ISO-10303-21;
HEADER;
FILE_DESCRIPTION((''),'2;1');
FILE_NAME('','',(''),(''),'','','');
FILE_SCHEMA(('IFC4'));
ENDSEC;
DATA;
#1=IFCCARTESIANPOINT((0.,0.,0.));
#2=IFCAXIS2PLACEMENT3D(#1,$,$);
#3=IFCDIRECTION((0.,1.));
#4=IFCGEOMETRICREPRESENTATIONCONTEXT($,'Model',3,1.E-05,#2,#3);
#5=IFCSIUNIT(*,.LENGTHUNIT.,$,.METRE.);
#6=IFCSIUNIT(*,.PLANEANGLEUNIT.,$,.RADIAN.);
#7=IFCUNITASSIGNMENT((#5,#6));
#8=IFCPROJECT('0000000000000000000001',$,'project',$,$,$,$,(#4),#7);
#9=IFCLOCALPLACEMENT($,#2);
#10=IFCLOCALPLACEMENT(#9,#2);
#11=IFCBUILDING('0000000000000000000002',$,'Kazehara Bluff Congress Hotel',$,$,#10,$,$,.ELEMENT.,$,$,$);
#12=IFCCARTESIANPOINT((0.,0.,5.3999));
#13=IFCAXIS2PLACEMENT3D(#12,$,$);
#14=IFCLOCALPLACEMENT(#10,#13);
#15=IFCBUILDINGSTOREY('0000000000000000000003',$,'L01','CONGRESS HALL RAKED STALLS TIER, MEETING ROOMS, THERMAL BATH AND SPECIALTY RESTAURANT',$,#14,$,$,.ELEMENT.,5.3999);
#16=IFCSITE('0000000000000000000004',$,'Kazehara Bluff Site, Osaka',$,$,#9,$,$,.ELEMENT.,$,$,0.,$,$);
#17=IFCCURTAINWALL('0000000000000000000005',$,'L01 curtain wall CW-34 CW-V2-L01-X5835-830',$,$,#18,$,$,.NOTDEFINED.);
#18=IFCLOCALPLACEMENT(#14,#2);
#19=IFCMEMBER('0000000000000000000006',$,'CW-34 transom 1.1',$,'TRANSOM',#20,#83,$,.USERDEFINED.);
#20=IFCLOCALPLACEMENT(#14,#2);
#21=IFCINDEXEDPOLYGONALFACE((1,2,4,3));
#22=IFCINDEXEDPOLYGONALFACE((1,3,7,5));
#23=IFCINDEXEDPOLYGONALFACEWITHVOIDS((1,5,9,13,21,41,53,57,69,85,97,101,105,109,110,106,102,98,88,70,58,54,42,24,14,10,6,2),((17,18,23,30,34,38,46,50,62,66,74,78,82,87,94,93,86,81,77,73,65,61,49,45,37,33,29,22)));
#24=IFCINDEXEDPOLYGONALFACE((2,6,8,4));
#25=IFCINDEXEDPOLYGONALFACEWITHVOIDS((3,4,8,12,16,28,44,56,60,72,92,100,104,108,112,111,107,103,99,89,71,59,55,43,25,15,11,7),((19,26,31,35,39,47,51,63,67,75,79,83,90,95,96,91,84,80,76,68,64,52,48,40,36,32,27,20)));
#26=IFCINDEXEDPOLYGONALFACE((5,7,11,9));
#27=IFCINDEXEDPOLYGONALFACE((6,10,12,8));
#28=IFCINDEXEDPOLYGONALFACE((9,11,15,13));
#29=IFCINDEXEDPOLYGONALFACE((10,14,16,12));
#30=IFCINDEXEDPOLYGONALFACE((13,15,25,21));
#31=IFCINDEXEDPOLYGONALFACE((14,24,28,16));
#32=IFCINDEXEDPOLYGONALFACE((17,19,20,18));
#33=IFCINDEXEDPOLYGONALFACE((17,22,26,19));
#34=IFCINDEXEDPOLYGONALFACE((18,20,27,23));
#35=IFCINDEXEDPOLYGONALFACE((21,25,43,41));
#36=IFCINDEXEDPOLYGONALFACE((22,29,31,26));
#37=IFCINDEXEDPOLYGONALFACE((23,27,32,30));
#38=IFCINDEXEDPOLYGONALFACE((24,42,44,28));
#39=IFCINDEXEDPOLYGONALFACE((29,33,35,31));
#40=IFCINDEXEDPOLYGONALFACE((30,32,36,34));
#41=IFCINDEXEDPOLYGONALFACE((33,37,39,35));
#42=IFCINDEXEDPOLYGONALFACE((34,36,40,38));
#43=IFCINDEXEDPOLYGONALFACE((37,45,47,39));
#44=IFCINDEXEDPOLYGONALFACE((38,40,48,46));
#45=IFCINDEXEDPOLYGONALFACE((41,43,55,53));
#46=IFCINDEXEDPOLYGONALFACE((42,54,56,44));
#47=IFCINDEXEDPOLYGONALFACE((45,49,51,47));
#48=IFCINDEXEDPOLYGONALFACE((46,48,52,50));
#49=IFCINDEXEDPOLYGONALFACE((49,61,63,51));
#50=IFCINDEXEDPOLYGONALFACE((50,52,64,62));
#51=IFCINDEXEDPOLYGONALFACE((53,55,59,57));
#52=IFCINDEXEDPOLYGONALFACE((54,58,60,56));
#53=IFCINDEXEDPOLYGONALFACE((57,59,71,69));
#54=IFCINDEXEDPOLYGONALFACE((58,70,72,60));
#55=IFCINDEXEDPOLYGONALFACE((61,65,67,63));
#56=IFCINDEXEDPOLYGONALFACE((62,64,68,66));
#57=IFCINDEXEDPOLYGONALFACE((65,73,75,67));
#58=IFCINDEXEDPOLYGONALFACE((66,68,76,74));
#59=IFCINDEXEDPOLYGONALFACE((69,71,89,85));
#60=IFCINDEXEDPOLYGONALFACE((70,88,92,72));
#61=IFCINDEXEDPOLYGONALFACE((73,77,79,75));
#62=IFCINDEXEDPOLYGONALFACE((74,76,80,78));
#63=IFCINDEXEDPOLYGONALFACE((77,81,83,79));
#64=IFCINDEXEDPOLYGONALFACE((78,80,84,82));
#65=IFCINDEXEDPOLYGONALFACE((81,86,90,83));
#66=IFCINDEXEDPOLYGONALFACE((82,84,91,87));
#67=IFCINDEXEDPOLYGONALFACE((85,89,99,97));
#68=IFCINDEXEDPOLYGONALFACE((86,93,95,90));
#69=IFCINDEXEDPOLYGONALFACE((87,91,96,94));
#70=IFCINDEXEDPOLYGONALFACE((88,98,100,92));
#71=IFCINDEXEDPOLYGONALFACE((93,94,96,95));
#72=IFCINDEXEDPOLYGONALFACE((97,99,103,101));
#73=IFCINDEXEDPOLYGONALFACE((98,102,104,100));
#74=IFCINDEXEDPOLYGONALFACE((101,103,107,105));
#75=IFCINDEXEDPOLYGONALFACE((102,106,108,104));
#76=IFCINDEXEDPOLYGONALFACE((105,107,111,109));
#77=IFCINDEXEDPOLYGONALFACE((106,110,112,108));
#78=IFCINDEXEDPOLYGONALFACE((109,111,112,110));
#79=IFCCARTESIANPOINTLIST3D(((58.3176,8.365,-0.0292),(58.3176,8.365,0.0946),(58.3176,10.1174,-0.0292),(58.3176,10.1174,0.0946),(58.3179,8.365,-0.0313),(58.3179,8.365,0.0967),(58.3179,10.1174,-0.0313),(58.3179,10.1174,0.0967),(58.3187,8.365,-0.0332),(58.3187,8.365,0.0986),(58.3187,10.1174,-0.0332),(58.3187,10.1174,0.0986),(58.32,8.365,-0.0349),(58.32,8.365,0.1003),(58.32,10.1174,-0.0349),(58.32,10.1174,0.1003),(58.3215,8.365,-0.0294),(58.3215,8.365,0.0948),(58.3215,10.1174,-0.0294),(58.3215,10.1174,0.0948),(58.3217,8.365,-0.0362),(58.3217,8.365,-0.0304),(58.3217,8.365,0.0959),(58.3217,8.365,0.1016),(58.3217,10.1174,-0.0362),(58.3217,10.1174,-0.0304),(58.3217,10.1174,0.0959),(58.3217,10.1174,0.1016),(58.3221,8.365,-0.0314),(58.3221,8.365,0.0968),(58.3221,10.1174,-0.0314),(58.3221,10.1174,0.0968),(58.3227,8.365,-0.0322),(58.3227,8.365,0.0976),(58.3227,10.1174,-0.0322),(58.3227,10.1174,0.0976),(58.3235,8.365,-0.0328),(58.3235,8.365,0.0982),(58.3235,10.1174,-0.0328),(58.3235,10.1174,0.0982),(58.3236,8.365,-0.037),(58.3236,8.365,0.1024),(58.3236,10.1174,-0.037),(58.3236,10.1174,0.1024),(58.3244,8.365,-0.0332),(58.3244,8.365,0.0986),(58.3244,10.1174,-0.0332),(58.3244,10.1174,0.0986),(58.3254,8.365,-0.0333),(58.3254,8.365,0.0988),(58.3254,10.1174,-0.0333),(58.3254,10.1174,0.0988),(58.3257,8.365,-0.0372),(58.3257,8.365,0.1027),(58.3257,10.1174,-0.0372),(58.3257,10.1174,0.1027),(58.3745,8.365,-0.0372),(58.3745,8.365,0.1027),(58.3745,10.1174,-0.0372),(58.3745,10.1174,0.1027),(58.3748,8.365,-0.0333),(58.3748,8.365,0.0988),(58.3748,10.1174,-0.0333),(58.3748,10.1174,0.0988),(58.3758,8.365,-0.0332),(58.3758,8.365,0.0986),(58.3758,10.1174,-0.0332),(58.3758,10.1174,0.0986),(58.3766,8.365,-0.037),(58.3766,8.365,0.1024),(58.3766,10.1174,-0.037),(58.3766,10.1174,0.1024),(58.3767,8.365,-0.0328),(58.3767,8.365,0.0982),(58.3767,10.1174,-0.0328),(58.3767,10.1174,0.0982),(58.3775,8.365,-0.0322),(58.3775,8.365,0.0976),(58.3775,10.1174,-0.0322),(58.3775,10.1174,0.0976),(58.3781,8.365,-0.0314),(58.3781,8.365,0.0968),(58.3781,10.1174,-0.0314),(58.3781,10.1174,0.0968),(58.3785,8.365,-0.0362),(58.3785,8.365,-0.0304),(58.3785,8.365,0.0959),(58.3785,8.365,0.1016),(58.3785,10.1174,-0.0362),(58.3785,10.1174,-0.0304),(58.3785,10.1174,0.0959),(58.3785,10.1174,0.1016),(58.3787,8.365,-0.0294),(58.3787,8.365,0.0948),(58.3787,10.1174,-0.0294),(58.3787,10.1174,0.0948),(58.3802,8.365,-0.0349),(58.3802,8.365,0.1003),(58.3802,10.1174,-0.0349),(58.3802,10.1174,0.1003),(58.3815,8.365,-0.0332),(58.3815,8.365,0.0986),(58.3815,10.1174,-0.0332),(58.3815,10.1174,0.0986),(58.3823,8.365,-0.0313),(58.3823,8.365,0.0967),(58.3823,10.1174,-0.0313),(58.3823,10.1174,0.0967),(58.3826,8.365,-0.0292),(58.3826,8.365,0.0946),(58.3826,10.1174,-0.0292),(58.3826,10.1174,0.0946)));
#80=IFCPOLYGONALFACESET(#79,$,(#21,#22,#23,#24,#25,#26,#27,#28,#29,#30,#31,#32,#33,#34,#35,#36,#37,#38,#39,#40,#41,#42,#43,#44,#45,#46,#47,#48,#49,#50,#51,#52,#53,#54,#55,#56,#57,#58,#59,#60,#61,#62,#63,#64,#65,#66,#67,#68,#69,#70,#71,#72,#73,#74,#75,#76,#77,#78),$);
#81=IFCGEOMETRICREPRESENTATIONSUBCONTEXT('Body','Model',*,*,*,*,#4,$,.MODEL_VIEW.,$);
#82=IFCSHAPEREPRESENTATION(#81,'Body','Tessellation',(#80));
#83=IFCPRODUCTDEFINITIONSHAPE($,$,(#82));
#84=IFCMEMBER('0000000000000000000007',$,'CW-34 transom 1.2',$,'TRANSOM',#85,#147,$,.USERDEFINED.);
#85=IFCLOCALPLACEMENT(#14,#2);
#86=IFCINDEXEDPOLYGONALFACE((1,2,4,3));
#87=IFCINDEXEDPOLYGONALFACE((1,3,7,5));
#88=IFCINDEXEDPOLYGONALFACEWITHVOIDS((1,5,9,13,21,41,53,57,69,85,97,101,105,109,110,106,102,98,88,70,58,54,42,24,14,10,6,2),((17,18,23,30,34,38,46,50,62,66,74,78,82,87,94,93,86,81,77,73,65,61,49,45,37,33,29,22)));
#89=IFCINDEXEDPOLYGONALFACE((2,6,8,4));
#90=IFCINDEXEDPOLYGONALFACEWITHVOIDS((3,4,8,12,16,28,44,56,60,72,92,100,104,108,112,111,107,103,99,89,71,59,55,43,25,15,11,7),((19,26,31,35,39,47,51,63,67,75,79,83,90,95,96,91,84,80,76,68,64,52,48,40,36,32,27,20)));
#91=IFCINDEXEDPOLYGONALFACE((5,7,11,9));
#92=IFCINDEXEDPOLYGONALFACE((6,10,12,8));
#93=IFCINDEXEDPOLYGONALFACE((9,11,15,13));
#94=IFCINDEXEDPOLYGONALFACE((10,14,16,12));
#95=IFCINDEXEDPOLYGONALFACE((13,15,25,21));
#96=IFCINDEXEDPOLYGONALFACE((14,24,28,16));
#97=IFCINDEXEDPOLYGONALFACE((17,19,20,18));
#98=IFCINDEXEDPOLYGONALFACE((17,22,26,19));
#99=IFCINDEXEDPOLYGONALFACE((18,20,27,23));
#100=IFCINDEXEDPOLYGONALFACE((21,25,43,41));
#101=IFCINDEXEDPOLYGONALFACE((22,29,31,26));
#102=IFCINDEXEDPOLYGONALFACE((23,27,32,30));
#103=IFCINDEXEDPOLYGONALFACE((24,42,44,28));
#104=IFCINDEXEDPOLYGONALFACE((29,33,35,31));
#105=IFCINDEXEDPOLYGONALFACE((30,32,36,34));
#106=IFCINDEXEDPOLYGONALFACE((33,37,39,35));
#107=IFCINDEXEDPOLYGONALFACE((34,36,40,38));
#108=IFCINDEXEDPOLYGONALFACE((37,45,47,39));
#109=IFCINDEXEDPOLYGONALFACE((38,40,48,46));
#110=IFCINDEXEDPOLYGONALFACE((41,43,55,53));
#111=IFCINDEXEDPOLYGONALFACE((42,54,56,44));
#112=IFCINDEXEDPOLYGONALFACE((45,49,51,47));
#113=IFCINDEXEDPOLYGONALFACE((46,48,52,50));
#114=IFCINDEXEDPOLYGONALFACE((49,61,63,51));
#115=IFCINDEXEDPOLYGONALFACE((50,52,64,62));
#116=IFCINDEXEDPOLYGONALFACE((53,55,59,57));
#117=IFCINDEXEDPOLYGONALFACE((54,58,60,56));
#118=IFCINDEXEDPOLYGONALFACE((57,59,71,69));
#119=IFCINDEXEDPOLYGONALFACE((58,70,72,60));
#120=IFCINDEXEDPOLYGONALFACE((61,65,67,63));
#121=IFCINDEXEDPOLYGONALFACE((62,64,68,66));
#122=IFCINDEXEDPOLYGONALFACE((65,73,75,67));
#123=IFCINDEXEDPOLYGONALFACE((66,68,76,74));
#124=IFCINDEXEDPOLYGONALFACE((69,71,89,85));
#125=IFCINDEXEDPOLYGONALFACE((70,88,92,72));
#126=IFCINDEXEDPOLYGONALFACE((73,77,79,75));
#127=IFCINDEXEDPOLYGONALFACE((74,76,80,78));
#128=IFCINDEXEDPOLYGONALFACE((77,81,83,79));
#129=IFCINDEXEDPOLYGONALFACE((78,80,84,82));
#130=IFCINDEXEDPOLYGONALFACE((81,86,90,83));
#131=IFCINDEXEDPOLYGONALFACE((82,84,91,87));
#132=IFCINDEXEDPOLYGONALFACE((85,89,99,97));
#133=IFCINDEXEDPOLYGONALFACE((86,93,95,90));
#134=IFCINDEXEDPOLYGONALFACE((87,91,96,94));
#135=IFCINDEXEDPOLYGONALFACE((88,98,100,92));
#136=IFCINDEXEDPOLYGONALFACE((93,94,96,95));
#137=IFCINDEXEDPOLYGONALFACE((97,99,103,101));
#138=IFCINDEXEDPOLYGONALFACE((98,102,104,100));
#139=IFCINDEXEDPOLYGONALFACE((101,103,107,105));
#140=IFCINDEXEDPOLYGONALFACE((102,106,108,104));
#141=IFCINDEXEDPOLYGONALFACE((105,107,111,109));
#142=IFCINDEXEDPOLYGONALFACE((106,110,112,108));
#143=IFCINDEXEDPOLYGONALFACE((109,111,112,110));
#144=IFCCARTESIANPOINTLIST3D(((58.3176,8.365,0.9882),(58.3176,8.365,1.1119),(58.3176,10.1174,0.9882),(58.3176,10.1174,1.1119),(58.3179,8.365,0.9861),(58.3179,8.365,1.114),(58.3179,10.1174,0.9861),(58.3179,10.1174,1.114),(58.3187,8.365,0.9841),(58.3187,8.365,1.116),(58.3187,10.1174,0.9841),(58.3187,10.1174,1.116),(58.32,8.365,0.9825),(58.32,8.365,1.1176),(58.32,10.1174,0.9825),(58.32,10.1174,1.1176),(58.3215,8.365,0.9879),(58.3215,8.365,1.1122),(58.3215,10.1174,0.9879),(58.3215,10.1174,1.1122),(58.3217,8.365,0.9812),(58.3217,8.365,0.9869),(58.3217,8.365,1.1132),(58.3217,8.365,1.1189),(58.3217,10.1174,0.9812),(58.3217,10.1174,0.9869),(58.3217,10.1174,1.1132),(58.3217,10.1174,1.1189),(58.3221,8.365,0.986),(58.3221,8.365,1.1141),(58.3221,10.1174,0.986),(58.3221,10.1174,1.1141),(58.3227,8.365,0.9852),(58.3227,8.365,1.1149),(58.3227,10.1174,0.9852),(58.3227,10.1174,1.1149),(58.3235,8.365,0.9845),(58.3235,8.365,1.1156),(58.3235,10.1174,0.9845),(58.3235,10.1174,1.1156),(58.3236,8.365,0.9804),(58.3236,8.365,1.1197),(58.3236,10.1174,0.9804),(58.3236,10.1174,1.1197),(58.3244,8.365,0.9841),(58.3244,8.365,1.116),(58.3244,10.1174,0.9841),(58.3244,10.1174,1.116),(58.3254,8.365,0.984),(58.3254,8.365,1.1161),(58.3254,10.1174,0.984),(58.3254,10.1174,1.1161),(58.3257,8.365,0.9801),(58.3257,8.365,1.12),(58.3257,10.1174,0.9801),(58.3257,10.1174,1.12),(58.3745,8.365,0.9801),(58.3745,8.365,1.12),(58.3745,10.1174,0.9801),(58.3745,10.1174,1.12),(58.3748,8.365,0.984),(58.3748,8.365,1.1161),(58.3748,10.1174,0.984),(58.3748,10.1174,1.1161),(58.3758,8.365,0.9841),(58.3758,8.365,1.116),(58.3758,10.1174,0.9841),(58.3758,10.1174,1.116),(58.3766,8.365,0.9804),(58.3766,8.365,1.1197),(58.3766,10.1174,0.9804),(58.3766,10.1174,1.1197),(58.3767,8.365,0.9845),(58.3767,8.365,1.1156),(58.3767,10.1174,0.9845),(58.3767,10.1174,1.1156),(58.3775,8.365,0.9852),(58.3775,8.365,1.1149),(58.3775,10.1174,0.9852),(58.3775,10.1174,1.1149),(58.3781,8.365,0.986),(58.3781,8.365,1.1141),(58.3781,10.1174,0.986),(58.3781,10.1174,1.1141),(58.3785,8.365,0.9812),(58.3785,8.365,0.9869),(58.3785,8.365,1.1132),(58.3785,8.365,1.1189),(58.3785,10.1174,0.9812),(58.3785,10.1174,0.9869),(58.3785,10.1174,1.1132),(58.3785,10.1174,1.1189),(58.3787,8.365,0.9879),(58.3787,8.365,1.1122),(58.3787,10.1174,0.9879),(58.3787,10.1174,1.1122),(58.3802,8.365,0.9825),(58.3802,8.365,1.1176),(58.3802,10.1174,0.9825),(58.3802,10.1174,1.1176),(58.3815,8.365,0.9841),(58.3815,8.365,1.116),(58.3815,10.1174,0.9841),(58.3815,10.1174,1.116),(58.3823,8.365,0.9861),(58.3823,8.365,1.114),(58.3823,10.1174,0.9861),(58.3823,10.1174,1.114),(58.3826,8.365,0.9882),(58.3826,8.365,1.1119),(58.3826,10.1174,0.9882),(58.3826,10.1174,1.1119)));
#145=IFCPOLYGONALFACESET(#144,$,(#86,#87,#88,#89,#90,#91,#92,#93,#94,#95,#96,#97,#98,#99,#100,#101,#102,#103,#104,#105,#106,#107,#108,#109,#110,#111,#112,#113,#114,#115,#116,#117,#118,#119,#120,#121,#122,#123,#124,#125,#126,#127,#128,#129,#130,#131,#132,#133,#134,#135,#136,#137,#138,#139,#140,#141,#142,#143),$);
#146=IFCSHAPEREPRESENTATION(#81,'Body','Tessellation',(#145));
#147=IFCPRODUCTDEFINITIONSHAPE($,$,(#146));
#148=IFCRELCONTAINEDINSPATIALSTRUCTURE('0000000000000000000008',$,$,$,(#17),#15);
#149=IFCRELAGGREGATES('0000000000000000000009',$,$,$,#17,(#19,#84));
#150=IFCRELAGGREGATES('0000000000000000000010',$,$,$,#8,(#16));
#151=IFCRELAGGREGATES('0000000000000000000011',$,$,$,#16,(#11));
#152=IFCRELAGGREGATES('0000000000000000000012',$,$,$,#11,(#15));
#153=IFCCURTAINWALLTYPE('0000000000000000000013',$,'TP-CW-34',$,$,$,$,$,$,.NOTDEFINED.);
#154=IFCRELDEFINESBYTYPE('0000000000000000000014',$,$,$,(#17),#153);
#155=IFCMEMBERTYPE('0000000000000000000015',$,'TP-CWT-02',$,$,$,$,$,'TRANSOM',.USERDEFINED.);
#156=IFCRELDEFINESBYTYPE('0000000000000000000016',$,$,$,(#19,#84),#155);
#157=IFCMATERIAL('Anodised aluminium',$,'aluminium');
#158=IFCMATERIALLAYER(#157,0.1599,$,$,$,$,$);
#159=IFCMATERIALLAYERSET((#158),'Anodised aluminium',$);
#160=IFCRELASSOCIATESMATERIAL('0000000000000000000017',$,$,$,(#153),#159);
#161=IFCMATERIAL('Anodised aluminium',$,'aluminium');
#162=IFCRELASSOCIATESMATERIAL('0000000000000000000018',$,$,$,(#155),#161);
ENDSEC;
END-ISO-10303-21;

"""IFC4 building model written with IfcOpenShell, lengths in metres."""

from ifc_helpers import new_model, si_unit, direction, frame, origin, origin_2d, place, context, subcontext, project, spatial, hollow_rectangle, extrude, material, layer, layer_set, material_profile, profile_set, type_object, element, aggregate, save


model = new_model("IFC4")

# Units and contexts
model_context = context("Model", 3, precision=1e-05, world=origin(), true_north=direction((0.0, 1.0)))
body_context = subcontext(model_context, "Body", "Model", "MODEL_VIEW")
ifc_project = project(units=[si_unit("LENGTHUNIT", "METRE"), si_unit("PLANEANGLEUNIT", "RADIAN")], contexts=[model_context])

# Site, building, storey
site_placement = place(None, origin())
site = spatial("IfcSite", under=ifc_project, at=site_placement, Name="Kazehara Bluff Site, Osaka", CompositionType="ELEMENT", RefElevation=0.0)
building_placement = place(site_placement, origin())
building = spatial("IfcBuilding", under=site, at=building_placement, Name="Kazehara Bluff Congress Hotel", CompositionType="ELEMENT")
storey_placement = place(building_placement, frame((0.0, 0.0, 5.3999)))
storey = spatial("IfcBuildingStorey", under=building, at=storey_placement, Name="L01", Description="CONGRESS HALL RAKED STALLS TIER, MEETING ROOMS, THERMAL BATH AND SPECIALTY RESTAURANT", CompositionType="ELEMENT", Elevation=5.3999)

# Curtain wall
ifc_material_1 = material(Name="Anodised aluminium", Category="aluminium")
ifc_layer_1 = layer(ifc_material_1, 0.1599)
ifc_layer_set_1 = layer_set([ifc_layer_1], Name="Anodised aluminium")
curtain_wall_type_1 = type_object("IfcCurtainWallType", Name="TP-CW-34", PredefinedType="NOTDEFINED", material=ifc_layer_set_1)
curtain_wall_1_placement = place(storey_placement, origin())
curtain_wall_1 = element("IfcCurtainWall", 1, at=curtain_wall_1_placement, inside=storey, type_object=curtain_wall_type_1, Name="L01 curtain wall CW-34 CW-V2-L01-X5835-830", PredefinedType="NOTDEFINED")

# Members
ifc_material_2 = material(Name="Anodised aluminium", Category="aluminium")
ifc_material_profile_1 = material_profile(ifc_material_2, hollow_rectangle(XDim=0.0649, YDim=0.1399, WallThickness=0.0039, InnerFilletRadius=0.0039, OuterFilletRadius=0.0081, at=origin_2d()))
ifc_profile_set_1 = profile_set([ifc_material_profile_1], Name="Anodised aluminium")
member_type_1 = type_object("IfcMemberType", Name="TP-CWT-02", ElementType="TRANSOM", PredefinedType="USERDEFINED", material=ifc_profile_set_1)
member_1_placement = place(storey_placement, frame((58.3501, 8.365, 0.0327), z_axis=(0.0, 1.0, 0.0), x_axis=(-1.0, 0.0, 0.0)))
member_1 = element("IfcMember", 2, at=member_1_placement, type_object=member_type_1, Name="CW-34 transom 1.1", ObjectType="TRANSOM", PredefinedType="USERDEFINED", context=body_context, shape_type="SweptSolid", body=[
    extrude(hollow_rectangle(XDim=0.0649, YDim=0.1399, WallThickness=0.0039, InnerFilletRadius=0.0039, OuterFilletRadius=0.0081, at=origin_2d()), origin(), (0.0, 0.0, 1.0), 1.7524),
])
member_2_placement = place(storey_placement, frame((58.3501, 8.365, 1.05), z_axis=(0.0, 1.0, 0.0), x_axis=(-1.0, 0.0, 0.0)))
member_2 = element("IfcMember", 3, at=member_2_placement, type_object=member_type_1, Name="CW-34 transom 1.2", ObjectType="TRANSOM", PredefinedType="USERDEFINED", context=body_context, shape_type="SweptSolid", body=[
    extrude(hollow_rectangle(XDim=0.0649, YDim=0.1399, WallThickness=0.0039, InnerFilletRadius=0.0039, OuterFilletRadius=0.0081, at=origin_2d()), origin(), (0.0, 0.0, 1.0), 1.7524),
])

aggregate(curtain_wall_1, [member_1, member_2])

save(model, "model.ifc")
